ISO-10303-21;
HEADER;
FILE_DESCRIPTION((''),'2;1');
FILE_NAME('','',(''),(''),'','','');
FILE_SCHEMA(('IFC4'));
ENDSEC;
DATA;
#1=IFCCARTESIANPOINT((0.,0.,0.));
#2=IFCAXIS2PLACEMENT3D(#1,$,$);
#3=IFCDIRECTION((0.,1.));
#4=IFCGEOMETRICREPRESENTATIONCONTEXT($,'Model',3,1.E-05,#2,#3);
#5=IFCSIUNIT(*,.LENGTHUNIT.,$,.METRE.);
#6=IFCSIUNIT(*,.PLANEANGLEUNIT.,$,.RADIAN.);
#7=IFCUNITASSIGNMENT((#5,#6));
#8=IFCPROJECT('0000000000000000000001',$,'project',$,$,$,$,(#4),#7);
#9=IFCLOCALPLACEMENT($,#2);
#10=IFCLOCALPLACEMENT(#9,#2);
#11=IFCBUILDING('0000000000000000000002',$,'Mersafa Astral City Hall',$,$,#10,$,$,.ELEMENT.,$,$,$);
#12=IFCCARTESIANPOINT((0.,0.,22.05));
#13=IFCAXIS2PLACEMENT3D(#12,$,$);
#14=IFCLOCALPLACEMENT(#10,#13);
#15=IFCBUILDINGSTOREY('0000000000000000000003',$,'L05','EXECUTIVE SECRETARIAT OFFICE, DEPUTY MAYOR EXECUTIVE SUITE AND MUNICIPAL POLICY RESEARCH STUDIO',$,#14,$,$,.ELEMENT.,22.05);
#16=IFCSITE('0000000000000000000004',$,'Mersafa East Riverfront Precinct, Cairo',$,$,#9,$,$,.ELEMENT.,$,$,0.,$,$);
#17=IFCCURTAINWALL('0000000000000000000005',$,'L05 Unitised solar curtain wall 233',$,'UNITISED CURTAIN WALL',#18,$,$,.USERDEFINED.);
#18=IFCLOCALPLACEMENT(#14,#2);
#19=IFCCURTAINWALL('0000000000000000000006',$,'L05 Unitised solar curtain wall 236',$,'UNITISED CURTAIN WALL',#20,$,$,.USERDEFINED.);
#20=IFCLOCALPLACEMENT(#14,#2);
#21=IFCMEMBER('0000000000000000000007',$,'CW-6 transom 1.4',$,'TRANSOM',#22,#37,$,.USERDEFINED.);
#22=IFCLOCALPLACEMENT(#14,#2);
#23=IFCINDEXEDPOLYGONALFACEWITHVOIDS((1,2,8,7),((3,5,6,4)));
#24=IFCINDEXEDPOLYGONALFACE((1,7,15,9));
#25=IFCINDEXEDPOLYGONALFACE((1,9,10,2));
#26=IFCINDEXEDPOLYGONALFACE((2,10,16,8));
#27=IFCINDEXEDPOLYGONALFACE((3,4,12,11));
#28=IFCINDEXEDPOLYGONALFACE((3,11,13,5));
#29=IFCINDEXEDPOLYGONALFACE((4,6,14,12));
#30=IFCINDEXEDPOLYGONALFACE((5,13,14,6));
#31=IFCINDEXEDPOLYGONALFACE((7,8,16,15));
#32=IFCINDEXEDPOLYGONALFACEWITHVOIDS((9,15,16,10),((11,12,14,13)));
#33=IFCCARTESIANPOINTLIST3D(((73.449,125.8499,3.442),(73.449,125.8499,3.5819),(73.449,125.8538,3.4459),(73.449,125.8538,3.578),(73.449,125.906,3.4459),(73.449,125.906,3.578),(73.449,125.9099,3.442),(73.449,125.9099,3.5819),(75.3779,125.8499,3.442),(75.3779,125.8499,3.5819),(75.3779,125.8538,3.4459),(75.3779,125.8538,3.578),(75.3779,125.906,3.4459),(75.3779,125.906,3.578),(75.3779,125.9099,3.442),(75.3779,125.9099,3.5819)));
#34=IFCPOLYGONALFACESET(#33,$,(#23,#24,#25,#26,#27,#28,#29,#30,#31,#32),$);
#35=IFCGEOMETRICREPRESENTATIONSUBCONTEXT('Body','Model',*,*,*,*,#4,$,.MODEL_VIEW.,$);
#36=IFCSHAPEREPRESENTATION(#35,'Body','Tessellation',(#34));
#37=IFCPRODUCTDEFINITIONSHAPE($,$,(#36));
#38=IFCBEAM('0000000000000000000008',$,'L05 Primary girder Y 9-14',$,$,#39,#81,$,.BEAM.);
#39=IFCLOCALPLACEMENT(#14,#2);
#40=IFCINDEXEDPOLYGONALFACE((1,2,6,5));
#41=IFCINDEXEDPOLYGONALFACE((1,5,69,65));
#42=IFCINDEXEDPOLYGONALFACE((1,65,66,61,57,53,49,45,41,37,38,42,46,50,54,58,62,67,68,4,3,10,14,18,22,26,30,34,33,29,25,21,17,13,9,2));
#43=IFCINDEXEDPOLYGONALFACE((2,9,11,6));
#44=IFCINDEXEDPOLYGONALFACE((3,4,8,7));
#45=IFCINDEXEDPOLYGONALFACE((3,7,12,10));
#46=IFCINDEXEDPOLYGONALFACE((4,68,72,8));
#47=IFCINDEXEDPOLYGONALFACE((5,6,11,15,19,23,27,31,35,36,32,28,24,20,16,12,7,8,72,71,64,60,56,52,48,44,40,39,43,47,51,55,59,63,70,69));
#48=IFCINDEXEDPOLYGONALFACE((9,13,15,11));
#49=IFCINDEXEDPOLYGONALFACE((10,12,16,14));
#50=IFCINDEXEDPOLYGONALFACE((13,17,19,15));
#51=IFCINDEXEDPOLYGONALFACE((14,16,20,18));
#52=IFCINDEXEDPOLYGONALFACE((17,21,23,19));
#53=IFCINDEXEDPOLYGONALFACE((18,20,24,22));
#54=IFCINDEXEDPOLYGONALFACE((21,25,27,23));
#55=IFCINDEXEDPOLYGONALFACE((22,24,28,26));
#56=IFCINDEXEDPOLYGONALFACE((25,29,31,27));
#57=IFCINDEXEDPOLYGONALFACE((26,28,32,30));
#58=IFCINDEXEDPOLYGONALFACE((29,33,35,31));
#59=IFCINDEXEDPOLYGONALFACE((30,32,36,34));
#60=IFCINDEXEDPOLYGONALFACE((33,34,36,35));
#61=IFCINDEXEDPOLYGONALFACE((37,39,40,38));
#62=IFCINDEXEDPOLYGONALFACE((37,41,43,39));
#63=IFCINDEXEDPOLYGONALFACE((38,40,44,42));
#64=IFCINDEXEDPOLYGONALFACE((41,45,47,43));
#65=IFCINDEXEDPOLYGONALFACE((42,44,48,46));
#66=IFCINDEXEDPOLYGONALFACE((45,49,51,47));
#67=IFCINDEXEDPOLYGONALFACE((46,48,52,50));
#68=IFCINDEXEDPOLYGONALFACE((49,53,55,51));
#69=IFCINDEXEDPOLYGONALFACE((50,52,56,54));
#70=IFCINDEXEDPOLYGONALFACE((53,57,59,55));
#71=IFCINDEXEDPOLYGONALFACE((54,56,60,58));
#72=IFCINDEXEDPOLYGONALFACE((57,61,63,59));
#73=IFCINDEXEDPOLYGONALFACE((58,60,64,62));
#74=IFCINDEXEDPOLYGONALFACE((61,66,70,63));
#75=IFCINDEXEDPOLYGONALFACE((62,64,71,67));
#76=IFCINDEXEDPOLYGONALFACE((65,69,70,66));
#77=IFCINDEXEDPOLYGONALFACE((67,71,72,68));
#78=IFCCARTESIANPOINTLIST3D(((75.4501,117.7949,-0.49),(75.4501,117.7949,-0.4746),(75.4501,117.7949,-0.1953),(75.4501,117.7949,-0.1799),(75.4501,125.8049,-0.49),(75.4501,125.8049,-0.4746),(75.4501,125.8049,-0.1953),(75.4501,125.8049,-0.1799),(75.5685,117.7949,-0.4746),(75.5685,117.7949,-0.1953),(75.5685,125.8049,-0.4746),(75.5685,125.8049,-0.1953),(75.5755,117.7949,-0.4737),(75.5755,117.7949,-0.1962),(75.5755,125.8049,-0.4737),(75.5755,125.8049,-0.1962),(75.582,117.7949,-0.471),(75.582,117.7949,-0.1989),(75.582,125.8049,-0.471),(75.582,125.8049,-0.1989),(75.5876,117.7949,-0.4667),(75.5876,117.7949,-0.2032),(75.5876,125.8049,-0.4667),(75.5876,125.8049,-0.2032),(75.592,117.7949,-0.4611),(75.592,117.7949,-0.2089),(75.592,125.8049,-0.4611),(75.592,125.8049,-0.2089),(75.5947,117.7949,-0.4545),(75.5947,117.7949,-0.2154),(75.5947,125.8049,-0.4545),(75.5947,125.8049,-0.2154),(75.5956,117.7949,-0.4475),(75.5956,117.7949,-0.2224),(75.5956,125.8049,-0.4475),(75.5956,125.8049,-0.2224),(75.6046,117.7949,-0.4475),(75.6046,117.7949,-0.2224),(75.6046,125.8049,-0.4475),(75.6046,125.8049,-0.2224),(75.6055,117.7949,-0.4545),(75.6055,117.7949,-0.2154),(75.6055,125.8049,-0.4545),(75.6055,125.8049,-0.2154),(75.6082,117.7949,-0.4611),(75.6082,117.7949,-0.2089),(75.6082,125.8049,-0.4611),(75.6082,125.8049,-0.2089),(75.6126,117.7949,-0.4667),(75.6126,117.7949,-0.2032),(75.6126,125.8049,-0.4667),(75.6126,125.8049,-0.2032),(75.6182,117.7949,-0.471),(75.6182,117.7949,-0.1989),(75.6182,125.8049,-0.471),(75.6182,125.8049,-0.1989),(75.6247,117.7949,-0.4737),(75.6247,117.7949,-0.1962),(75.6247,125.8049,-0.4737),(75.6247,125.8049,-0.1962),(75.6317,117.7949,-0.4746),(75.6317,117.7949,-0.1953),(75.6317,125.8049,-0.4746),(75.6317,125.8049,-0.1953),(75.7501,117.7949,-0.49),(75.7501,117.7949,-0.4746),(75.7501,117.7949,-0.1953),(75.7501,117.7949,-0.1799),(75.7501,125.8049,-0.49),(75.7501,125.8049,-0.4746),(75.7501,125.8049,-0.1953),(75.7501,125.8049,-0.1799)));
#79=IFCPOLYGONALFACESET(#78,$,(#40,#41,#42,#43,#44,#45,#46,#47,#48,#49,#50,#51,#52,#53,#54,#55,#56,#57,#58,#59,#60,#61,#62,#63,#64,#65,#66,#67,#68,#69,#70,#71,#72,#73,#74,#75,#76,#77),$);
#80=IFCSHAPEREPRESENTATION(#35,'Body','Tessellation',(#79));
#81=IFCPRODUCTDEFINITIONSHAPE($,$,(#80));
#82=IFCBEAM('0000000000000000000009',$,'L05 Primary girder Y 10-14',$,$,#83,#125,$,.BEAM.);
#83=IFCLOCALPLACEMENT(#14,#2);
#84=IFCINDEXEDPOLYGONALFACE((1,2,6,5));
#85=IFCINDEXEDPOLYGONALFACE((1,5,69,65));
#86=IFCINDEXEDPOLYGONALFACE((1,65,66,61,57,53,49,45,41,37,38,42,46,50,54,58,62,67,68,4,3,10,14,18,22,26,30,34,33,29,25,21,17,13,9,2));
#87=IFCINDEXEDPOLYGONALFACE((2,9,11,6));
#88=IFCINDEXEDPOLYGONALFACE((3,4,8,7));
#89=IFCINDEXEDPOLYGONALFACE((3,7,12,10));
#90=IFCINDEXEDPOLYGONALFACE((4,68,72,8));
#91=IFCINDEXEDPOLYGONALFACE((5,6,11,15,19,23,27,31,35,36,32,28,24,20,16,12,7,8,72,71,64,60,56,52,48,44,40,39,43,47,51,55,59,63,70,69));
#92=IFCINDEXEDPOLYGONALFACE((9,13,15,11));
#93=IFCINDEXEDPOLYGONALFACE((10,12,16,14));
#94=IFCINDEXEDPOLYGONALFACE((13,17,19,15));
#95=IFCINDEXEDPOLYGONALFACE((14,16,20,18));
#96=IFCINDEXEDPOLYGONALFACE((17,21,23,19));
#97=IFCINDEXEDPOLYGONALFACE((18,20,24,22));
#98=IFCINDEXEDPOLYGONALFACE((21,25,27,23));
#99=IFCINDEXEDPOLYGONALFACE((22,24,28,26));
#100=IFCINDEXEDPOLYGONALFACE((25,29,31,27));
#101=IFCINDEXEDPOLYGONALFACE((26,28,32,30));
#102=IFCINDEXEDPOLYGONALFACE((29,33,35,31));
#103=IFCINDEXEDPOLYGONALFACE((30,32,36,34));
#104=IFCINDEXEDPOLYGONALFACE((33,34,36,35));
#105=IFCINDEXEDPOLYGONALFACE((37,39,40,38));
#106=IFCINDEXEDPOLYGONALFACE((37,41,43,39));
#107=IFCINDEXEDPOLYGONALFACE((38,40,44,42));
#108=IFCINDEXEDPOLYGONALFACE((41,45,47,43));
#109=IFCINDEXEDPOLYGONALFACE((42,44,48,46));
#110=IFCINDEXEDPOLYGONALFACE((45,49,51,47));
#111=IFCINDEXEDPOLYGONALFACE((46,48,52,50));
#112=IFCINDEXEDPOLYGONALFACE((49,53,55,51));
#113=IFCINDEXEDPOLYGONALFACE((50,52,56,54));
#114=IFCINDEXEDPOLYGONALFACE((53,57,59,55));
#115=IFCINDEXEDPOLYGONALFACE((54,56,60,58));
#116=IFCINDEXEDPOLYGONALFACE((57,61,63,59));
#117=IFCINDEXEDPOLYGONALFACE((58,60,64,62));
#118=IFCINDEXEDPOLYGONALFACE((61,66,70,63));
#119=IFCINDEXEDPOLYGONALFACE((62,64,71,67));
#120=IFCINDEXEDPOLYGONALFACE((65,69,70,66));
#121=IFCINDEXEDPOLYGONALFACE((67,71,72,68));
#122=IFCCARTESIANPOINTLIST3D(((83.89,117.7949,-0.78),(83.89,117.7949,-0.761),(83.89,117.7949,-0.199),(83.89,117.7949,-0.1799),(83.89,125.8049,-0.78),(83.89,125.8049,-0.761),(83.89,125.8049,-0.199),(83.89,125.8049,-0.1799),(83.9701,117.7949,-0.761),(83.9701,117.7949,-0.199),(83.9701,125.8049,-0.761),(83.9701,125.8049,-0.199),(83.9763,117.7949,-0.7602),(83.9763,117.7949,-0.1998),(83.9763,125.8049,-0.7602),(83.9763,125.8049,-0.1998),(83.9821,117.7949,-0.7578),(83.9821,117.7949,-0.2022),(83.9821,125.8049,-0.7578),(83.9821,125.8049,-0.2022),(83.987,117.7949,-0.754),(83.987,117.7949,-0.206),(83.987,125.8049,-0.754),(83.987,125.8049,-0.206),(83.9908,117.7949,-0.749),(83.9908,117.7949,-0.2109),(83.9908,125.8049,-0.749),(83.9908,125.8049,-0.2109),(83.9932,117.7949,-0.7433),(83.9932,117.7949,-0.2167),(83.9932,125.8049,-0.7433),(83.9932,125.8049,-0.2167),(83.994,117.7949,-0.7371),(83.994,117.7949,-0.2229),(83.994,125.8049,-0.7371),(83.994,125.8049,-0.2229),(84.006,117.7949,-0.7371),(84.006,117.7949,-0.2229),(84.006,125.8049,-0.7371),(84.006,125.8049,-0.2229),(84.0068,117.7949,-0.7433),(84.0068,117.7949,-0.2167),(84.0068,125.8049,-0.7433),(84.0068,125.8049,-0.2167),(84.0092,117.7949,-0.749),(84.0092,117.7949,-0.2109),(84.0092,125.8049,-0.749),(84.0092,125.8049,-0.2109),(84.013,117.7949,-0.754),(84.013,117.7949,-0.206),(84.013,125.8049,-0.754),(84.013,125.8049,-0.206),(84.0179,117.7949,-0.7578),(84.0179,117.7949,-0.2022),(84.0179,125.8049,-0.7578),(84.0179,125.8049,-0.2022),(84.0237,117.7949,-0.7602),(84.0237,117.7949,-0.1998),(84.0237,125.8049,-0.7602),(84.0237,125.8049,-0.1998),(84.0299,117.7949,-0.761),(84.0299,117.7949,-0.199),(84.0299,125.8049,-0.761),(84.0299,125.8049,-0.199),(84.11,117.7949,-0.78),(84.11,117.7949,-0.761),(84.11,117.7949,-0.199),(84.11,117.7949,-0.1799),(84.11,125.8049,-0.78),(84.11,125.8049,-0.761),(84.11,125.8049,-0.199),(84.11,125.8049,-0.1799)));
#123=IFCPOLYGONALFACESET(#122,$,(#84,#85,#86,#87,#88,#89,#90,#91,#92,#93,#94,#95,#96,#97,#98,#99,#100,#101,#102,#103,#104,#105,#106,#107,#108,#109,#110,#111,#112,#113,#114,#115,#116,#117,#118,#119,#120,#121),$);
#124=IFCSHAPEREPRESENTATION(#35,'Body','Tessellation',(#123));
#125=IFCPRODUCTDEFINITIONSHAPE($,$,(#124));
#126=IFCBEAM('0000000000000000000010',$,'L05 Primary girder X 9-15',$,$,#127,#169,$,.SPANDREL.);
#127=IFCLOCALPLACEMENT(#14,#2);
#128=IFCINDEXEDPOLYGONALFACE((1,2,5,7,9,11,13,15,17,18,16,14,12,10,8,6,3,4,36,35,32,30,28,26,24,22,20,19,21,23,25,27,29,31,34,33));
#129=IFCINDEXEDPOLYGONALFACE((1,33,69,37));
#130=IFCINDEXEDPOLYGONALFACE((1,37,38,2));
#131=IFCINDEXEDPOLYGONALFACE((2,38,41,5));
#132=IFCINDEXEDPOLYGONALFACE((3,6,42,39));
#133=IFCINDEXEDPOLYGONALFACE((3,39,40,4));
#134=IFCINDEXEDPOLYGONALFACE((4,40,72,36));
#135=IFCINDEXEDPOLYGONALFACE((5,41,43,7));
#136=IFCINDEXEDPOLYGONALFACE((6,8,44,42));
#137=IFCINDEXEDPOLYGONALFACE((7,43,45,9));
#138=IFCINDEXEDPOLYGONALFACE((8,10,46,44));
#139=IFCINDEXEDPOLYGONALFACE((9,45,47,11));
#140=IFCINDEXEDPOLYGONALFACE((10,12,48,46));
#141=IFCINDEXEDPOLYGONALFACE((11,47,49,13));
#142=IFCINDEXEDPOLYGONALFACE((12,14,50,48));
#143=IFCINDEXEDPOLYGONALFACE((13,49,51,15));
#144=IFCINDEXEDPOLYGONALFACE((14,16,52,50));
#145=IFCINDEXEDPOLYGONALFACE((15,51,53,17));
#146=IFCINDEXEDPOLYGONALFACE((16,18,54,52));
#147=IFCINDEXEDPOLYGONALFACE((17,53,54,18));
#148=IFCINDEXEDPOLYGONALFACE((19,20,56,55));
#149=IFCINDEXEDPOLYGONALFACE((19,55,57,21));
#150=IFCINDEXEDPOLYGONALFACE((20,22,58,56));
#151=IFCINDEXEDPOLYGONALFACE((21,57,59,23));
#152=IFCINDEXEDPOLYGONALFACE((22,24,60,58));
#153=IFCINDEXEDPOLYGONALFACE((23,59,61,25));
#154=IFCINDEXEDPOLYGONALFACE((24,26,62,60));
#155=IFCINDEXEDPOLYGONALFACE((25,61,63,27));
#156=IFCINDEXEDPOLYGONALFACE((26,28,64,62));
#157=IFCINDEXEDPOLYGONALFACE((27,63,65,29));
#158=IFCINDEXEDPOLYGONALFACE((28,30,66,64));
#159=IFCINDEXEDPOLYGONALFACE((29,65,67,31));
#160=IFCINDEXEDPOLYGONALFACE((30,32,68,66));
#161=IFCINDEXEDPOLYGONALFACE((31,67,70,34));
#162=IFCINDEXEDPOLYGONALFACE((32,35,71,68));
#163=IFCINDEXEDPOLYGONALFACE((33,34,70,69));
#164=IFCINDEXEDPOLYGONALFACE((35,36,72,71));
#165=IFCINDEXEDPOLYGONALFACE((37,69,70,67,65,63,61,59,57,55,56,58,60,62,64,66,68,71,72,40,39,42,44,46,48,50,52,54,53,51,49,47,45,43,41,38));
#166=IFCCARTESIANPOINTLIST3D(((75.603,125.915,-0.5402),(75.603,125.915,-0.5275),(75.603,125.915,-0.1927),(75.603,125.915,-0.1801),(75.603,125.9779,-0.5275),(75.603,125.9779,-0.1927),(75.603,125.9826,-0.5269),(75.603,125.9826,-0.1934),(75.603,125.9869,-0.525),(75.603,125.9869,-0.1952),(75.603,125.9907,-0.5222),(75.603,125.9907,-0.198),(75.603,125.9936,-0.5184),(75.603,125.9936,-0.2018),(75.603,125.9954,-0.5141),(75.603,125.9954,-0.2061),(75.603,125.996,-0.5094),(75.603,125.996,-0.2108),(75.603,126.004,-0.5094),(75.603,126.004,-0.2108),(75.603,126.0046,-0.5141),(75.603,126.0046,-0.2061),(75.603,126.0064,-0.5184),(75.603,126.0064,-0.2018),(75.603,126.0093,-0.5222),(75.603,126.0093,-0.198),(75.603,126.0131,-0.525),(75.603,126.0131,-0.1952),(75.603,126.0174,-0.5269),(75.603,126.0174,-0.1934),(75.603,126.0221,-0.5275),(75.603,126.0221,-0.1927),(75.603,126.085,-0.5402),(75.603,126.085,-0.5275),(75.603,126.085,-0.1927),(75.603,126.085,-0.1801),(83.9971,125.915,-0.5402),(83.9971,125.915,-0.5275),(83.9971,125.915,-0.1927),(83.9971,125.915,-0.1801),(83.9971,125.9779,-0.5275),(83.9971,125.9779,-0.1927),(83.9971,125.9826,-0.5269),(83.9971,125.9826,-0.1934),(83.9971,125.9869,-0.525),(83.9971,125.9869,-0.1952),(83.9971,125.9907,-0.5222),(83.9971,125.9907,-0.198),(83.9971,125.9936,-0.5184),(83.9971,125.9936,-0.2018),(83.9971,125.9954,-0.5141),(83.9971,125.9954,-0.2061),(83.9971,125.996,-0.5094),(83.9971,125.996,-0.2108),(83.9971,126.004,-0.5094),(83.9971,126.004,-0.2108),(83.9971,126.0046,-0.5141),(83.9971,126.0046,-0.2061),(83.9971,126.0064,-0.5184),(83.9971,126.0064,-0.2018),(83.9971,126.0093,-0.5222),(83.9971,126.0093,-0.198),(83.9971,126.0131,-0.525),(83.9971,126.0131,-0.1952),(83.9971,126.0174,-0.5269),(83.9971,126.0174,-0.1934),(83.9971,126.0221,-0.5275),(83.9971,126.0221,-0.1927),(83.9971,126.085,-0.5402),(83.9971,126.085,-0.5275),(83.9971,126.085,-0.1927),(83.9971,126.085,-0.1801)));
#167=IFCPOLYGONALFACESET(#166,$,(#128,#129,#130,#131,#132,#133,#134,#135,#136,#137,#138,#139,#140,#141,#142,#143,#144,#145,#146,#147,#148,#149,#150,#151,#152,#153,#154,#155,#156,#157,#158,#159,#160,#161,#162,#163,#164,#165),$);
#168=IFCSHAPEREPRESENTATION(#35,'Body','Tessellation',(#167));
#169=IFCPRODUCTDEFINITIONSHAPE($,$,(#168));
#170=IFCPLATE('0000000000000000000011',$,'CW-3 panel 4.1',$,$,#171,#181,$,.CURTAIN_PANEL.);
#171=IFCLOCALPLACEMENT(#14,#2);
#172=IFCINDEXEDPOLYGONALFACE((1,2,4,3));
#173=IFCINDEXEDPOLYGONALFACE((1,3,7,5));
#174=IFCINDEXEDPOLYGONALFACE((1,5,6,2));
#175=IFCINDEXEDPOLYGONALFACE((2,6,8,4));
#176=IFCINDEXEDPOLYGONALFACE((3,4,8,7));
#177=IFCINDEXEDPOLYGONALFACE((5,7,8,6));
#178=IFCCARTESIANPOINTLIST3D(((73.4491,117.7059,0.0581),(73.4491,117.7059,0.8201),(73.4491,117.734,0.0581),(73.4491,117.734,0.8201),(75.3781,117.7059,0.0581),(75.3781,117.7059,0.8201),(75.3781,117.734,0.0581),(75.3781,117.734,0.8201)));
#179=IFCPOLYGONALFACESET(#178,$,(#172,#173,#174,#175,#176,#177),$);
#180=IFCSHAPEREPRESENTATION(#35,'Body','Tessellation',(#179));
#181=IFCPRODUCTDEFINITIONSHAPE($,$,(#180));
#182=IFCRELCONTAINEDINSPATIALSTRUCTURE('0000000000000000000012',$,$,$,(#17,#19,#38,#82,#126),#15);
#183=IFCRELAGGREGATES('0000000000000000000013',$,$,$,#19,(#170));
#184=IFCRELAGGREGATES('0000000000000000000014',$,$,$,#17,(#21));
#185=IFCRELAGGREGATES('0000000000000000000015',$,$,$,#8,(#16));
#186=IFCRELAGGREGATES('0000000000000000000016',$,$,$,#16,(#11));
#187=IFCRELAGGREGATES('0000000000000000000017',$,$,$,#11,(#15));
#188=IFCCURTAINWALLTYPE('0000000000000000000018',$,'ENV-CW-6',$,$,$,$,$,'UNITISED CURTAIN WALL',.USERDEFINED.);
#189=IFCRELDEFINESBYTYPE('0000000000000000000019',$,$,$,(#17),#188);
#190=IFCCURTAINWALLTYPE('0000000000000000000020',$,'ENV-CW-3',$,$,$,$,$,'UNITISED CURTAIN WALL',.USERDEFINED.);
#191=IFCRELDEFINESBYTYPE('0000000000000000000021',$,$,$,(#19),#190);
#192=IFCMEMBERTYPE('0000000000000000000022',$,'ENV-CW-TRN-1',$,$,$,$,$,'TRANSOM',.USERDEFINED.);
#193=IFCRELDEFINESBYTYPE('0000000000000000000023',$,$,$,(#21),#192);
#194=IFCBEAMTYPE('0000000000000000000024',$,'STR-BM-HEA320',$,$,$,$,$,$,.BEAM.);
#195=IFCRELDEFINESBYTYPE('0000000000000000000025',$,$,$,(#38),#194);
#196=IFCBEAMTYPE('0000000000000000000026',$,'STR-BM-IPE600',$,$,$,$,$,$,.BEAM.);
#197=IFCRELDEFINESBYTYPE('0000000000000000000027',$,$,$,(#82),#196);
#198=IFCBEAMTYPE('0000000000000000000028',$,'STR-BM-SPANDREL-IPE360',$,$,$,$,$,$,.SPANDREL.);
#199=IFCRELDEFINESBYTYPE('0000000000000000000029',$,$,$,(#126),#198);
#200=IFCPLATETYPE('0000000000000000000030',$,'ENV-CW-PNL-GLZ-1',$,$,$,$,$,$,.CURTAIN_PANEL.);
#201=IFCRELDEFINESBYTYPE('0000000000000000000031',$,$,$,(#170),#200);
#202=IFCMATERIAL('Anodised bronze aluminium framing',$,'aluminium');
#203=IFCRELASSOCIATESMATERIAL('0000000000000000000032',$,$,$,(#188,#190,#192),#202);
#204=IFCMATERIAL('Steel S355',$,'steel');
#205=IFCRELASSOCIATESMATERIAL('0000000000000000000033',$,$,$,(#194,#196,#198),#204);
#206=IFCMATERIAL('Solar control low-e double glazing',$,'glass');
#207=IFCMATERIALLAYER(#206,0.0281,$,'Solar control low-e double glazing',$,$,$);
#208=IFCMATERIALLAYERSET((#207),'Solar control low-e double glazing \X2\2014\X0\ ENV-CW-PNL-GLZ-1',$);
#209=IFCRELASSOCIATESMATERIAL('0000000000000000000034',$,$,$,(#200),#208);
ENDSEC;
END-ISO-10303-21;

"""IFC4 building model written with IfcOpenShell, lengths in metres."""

from ifc_helpers import new_model, si_unit, direction, frame, origin, origin_2d, place, context, subcontext, project, spatial, rectangle, hollow_rectangle, i_section, extrude, material, layer, layer_set, material_profile, profile_set, type_object, element, aggregate, save


model = new_model("IFC4")

# Units and contexts
model_context = context("Model", 3, precision=1e-05, world=origin(), true_north=direction((0.0, 1.0)))
body_context = subcontext(model_context, "Body", "Model", "MODEL_VIEW")
ifc_project = project(units=[si_unit("LENGTHUNIT", "METRE"), si_unit("PLANEANGLEUNIT", "RADIAN")], contexts=[model_context])

# Site, building, storey
site_placement = place(None, origin())
site = spatial("IfcSite", under=ifc_project, at=site_placement, Name="Mersafa East Riverfront Precinct, Cairo", CompositionType="ELEMENT", RefElevation=0.0)
building_placement = place(site_placement, origin())
building = spatial("IfcBuilding", under=site, at=building_placement, Name="Mersafa Astral City Hall", CompositionType="ELEMENT")
storey_placement = place(building_placement, frame((0.0, 0.0, 22.05)))
storey = spatial("IfcBuildingStorey", under=building, at=storey_placement, Name="L05", Description="EXECUTIVE SECRETARIAT OFFICE, DEPUTY MAYOR EXECUTIVE SUITE AND MUNICIPAL POLICY RESEARCH STUDIO", CompositionType="ELEMENT", Elevation=22.05)

# Shared definitions
ifc_material_1 = material(Name="Steel S355", Category="steel")

# Curtain walls
ifc_material_2 = material(Name="Anodised bronze aluminium framing", Category="aluminium")
curtain_wall_type_1 = type_object("IfcCurtainWallType", Name="ENV-CW-6", ElementType="UNITISED CURTAIN WALL", PredefinedType="USERDEFINED", material=ifc_material_2)
curtain_wall_1_placement = place(storey_placement, origin())
curtain_wall_1 = element("IfcCurtainWall", 1, at=curtain_wall_1_placement, inside=storey, type_object=curtain_wall_type_1, Name="L05 Unitised solar curtain wall 233", ObjectType="UNITISED CURTAIN WALL", PredefinedType="USERDEFINED")
curtain_wall_type_2 = type_object("IfcCurtainWallType", Name="ENV-CW-3", ElementType="UNITISED CURTAIN WALL", PredefinedType="USERDEFINED", material=ifc_material_2)
curtain_wall_2_placement = place(storey_placement, origin())
curtain_wall_2 = element("IfcCurtainWall", 2, at=curtain_wall_2_placement, inside=storey, type_object=curtain_wall_type_2, Name="L05 Unitised solar curtain wall 236", ObjectType="UNITISED CURTAIN WALL", PredefinedType="USERDEFINED")

# Member
ifc_material_profile_1 = material_profile(ifc_material_2, hollow_rectangle(XDim=0.0601, YDim=0.1399, WallThickness=0.0039, at=origin_2d()), Name="RHS 60x140x4")
ifc_profile_set_1 = profile_set([ifc_material_profile_1], Name="Anodised bronze aluminium framing")
member_type_1 = type_object("IfcMemberType", Name="ENV-CW-TRN-1", ElementType="TRANSOM", PredefinedType="USERDEFINED", material=ifc_profile_set_1)
member_1_placement = place(storey_placement, frame((75.3779, 125.8799, 3.512), z_axis=(-1.0, 0.0, 0.0), x_axis=(0.0, -1.0, 0.0)))
member_1 = element("IfcMember", 3, at=member_1_placement, type_object=member_type_1, Name="CW-6 transom 1.4", ObjectType="TRANSOM", PredefinedType="USERDEFINED", context=body_context, shape_type="SweptSolid", body=[
    extrude(hollow_rectangle(XDim=0.0601, YDim=0.1399, WallThickness=0.0039, at=origin_2d()), origin(), (0.0, 0.0, 1.0), 1.929),
])

# Beams
ifc_material_profile_2 = material_profile(ifc_material_1, i_section(OverallWidth=0.3, OverallDepth=0.3101, WebThickness=0.009, FlangeThickness=0.0154, FilletRadius=0.0271, at=origin_2d()), Name="HEA 320")
ifc_profile_set_2 = profile_set([ifc_material_profile_2], Name="Steel S355")
beam_type_1 = type_object("IfcBeamType", Name="STR-BM-HEA320", PredefinedType="BEAM", material=ifc_profile_set_2)
beam_1_placement = place(storey_placement, frame((75.6001, 117.7949, -0.335), z_axis=(0.0, 1.0, 0.0), x_axis=(-1.0, 0.0, 0.0)))
element("IfcBeam", 4, at=beam_1_placement, inside=storey, type_object=beam_type_1, Name="L05 Primary girder Y 9-14", PredefinedType="BEAM", context=body_context, shape_type="SweptSolid", body=[
    extrude(i_section(OverallWidth=0.3, OverallDepth=0.3101, WebThickness=0.009, FlangeThickness=0.0154, FilletRadius=0.0271, at=origin_2d()), origin(), (0.0, 0.0, 1.0), 8.01),
])
ifc_material_profile_3 = material_profile(ifc_material_1, i_section(OverallWidth=0.22, OverallDepth=0.6001, WebThickness=0.012, FlangeThickness=0.019, FilletRadius=0.0239, at=origin_2d()), Name="IPE 600")
ifc_profile_set_3 = profile_set([ifc_material_profile_3], Name="Steel S355")
beam_type_2 = type_object("IfcBeamType", Name="STR-BM-IPE600", PredefinedType="BEAM", material=ifc_profile_set_3)
beam_2_placement = place(storey_placement, frame((84.0, 117.7949, -0.48), z_axis=(0.0, 1.0, 0.0), x_axis=(-1.0, 0.0, 0.0)))
element("IfcBeam", 5, at=beam_2_placement, inside=storey, type_object=beam_type_2, Name="L05 Primary girder Y 10-14", PredefinedType="BEAM", context=body_context, shape_type="SweptSolid", body=[
    extrude(i_section(OverallWidth=0.22, OverallDepth=0.6001, WebThickness=0.012, FlangeThickness=0.019, FilletRadius=0.0239, at=origin_2d()), origin(), (0.0, 0.0, 1.0), 8.01),
])
ifc_material_profile_4 = material_profile(ifc_material_1, i_section(OverallWidth=0.1699, OverallDepth=0.3601, WebThickness=0.0081, FlangeThickness=0.0127, FilletRadius=0.0181, at=origin_2d()), Name="IPE 360")
ifc_profile_set_4 = profile_set([ifc_material_profile_4], Name="Steel S355")
beam_type_3 = type_object("IfcBeamType", Name="STR-BM-SPANDREL-IPE360", PredefinedType="SPANDREL", material=ifc_profile_set_4)
beam_3_placement = place(storey_placement, frame((75.603, 126.0, -0.3601), z_axis=(1.0, 0.0, 0.0), x_axis=(0.0, 1.0, 0.0)))
element("IfcBeam", 6, at=beam_3_placement, inside=storey, type_object=beam_type_3, Name="L05 Primary girder X 9-15", PredefinedType="SPANDREL", context=body_context, shape_type="SweptSolid", body=[
    extrude(i_section(OverallWidth=0.1699, OverallDepth=0.3601, WebThickness=0.0081, FlangeThickness=0.0127, FilletRadius=0.0181, at=origin_2d()), origin(), (0.0, 0.0, 1.0), 8.394),
])

# Plate
ifc_material_3 = material(Name="Solar control low-e double glazing", Category="glass")
ifc_layer_1 = layer(ifc_material_3, 0.0281, Name="Solar control low-e double glazing")
ifc_layer_set_1 = layer_set([ifc_layer_1], Name="Solar control low-e double glazing — ENV-CW-PNL-GLZ-1")
plate_type_1 = type_object("IfcPlateType", Name="ENV-CW-PNL-GLZ-1", PredefinedType="CURTAIN_PANEL", material=ifc_layer_set_1)
plate_1_placement = place(storey_placement, frame((74.4136, 117.72, 0.0581), z_axis=(0.0, 0.0, 1.0), x_axis=(1.0, 0.0, 0.0)))
plate_1 = element("IfcPlate", 7, at=plate_1_placement, type_object=plate_type_1, Name="CW-3 panel 4.1", PredefinedType="CURTAIN_PANEL", context=body_context, shape_type="SweptSolid", body=[
    extrude(rectangle(XDim=1.929, YDim=0.0281, at=origin_2d()), origin(), (0.0, 0.0, 1.0), 0.762),
])
aggregate(curtain_wall_2, [plate_1])
aggregate(curtain_wall_1, [member_1])

save(model, "model.ifc")
